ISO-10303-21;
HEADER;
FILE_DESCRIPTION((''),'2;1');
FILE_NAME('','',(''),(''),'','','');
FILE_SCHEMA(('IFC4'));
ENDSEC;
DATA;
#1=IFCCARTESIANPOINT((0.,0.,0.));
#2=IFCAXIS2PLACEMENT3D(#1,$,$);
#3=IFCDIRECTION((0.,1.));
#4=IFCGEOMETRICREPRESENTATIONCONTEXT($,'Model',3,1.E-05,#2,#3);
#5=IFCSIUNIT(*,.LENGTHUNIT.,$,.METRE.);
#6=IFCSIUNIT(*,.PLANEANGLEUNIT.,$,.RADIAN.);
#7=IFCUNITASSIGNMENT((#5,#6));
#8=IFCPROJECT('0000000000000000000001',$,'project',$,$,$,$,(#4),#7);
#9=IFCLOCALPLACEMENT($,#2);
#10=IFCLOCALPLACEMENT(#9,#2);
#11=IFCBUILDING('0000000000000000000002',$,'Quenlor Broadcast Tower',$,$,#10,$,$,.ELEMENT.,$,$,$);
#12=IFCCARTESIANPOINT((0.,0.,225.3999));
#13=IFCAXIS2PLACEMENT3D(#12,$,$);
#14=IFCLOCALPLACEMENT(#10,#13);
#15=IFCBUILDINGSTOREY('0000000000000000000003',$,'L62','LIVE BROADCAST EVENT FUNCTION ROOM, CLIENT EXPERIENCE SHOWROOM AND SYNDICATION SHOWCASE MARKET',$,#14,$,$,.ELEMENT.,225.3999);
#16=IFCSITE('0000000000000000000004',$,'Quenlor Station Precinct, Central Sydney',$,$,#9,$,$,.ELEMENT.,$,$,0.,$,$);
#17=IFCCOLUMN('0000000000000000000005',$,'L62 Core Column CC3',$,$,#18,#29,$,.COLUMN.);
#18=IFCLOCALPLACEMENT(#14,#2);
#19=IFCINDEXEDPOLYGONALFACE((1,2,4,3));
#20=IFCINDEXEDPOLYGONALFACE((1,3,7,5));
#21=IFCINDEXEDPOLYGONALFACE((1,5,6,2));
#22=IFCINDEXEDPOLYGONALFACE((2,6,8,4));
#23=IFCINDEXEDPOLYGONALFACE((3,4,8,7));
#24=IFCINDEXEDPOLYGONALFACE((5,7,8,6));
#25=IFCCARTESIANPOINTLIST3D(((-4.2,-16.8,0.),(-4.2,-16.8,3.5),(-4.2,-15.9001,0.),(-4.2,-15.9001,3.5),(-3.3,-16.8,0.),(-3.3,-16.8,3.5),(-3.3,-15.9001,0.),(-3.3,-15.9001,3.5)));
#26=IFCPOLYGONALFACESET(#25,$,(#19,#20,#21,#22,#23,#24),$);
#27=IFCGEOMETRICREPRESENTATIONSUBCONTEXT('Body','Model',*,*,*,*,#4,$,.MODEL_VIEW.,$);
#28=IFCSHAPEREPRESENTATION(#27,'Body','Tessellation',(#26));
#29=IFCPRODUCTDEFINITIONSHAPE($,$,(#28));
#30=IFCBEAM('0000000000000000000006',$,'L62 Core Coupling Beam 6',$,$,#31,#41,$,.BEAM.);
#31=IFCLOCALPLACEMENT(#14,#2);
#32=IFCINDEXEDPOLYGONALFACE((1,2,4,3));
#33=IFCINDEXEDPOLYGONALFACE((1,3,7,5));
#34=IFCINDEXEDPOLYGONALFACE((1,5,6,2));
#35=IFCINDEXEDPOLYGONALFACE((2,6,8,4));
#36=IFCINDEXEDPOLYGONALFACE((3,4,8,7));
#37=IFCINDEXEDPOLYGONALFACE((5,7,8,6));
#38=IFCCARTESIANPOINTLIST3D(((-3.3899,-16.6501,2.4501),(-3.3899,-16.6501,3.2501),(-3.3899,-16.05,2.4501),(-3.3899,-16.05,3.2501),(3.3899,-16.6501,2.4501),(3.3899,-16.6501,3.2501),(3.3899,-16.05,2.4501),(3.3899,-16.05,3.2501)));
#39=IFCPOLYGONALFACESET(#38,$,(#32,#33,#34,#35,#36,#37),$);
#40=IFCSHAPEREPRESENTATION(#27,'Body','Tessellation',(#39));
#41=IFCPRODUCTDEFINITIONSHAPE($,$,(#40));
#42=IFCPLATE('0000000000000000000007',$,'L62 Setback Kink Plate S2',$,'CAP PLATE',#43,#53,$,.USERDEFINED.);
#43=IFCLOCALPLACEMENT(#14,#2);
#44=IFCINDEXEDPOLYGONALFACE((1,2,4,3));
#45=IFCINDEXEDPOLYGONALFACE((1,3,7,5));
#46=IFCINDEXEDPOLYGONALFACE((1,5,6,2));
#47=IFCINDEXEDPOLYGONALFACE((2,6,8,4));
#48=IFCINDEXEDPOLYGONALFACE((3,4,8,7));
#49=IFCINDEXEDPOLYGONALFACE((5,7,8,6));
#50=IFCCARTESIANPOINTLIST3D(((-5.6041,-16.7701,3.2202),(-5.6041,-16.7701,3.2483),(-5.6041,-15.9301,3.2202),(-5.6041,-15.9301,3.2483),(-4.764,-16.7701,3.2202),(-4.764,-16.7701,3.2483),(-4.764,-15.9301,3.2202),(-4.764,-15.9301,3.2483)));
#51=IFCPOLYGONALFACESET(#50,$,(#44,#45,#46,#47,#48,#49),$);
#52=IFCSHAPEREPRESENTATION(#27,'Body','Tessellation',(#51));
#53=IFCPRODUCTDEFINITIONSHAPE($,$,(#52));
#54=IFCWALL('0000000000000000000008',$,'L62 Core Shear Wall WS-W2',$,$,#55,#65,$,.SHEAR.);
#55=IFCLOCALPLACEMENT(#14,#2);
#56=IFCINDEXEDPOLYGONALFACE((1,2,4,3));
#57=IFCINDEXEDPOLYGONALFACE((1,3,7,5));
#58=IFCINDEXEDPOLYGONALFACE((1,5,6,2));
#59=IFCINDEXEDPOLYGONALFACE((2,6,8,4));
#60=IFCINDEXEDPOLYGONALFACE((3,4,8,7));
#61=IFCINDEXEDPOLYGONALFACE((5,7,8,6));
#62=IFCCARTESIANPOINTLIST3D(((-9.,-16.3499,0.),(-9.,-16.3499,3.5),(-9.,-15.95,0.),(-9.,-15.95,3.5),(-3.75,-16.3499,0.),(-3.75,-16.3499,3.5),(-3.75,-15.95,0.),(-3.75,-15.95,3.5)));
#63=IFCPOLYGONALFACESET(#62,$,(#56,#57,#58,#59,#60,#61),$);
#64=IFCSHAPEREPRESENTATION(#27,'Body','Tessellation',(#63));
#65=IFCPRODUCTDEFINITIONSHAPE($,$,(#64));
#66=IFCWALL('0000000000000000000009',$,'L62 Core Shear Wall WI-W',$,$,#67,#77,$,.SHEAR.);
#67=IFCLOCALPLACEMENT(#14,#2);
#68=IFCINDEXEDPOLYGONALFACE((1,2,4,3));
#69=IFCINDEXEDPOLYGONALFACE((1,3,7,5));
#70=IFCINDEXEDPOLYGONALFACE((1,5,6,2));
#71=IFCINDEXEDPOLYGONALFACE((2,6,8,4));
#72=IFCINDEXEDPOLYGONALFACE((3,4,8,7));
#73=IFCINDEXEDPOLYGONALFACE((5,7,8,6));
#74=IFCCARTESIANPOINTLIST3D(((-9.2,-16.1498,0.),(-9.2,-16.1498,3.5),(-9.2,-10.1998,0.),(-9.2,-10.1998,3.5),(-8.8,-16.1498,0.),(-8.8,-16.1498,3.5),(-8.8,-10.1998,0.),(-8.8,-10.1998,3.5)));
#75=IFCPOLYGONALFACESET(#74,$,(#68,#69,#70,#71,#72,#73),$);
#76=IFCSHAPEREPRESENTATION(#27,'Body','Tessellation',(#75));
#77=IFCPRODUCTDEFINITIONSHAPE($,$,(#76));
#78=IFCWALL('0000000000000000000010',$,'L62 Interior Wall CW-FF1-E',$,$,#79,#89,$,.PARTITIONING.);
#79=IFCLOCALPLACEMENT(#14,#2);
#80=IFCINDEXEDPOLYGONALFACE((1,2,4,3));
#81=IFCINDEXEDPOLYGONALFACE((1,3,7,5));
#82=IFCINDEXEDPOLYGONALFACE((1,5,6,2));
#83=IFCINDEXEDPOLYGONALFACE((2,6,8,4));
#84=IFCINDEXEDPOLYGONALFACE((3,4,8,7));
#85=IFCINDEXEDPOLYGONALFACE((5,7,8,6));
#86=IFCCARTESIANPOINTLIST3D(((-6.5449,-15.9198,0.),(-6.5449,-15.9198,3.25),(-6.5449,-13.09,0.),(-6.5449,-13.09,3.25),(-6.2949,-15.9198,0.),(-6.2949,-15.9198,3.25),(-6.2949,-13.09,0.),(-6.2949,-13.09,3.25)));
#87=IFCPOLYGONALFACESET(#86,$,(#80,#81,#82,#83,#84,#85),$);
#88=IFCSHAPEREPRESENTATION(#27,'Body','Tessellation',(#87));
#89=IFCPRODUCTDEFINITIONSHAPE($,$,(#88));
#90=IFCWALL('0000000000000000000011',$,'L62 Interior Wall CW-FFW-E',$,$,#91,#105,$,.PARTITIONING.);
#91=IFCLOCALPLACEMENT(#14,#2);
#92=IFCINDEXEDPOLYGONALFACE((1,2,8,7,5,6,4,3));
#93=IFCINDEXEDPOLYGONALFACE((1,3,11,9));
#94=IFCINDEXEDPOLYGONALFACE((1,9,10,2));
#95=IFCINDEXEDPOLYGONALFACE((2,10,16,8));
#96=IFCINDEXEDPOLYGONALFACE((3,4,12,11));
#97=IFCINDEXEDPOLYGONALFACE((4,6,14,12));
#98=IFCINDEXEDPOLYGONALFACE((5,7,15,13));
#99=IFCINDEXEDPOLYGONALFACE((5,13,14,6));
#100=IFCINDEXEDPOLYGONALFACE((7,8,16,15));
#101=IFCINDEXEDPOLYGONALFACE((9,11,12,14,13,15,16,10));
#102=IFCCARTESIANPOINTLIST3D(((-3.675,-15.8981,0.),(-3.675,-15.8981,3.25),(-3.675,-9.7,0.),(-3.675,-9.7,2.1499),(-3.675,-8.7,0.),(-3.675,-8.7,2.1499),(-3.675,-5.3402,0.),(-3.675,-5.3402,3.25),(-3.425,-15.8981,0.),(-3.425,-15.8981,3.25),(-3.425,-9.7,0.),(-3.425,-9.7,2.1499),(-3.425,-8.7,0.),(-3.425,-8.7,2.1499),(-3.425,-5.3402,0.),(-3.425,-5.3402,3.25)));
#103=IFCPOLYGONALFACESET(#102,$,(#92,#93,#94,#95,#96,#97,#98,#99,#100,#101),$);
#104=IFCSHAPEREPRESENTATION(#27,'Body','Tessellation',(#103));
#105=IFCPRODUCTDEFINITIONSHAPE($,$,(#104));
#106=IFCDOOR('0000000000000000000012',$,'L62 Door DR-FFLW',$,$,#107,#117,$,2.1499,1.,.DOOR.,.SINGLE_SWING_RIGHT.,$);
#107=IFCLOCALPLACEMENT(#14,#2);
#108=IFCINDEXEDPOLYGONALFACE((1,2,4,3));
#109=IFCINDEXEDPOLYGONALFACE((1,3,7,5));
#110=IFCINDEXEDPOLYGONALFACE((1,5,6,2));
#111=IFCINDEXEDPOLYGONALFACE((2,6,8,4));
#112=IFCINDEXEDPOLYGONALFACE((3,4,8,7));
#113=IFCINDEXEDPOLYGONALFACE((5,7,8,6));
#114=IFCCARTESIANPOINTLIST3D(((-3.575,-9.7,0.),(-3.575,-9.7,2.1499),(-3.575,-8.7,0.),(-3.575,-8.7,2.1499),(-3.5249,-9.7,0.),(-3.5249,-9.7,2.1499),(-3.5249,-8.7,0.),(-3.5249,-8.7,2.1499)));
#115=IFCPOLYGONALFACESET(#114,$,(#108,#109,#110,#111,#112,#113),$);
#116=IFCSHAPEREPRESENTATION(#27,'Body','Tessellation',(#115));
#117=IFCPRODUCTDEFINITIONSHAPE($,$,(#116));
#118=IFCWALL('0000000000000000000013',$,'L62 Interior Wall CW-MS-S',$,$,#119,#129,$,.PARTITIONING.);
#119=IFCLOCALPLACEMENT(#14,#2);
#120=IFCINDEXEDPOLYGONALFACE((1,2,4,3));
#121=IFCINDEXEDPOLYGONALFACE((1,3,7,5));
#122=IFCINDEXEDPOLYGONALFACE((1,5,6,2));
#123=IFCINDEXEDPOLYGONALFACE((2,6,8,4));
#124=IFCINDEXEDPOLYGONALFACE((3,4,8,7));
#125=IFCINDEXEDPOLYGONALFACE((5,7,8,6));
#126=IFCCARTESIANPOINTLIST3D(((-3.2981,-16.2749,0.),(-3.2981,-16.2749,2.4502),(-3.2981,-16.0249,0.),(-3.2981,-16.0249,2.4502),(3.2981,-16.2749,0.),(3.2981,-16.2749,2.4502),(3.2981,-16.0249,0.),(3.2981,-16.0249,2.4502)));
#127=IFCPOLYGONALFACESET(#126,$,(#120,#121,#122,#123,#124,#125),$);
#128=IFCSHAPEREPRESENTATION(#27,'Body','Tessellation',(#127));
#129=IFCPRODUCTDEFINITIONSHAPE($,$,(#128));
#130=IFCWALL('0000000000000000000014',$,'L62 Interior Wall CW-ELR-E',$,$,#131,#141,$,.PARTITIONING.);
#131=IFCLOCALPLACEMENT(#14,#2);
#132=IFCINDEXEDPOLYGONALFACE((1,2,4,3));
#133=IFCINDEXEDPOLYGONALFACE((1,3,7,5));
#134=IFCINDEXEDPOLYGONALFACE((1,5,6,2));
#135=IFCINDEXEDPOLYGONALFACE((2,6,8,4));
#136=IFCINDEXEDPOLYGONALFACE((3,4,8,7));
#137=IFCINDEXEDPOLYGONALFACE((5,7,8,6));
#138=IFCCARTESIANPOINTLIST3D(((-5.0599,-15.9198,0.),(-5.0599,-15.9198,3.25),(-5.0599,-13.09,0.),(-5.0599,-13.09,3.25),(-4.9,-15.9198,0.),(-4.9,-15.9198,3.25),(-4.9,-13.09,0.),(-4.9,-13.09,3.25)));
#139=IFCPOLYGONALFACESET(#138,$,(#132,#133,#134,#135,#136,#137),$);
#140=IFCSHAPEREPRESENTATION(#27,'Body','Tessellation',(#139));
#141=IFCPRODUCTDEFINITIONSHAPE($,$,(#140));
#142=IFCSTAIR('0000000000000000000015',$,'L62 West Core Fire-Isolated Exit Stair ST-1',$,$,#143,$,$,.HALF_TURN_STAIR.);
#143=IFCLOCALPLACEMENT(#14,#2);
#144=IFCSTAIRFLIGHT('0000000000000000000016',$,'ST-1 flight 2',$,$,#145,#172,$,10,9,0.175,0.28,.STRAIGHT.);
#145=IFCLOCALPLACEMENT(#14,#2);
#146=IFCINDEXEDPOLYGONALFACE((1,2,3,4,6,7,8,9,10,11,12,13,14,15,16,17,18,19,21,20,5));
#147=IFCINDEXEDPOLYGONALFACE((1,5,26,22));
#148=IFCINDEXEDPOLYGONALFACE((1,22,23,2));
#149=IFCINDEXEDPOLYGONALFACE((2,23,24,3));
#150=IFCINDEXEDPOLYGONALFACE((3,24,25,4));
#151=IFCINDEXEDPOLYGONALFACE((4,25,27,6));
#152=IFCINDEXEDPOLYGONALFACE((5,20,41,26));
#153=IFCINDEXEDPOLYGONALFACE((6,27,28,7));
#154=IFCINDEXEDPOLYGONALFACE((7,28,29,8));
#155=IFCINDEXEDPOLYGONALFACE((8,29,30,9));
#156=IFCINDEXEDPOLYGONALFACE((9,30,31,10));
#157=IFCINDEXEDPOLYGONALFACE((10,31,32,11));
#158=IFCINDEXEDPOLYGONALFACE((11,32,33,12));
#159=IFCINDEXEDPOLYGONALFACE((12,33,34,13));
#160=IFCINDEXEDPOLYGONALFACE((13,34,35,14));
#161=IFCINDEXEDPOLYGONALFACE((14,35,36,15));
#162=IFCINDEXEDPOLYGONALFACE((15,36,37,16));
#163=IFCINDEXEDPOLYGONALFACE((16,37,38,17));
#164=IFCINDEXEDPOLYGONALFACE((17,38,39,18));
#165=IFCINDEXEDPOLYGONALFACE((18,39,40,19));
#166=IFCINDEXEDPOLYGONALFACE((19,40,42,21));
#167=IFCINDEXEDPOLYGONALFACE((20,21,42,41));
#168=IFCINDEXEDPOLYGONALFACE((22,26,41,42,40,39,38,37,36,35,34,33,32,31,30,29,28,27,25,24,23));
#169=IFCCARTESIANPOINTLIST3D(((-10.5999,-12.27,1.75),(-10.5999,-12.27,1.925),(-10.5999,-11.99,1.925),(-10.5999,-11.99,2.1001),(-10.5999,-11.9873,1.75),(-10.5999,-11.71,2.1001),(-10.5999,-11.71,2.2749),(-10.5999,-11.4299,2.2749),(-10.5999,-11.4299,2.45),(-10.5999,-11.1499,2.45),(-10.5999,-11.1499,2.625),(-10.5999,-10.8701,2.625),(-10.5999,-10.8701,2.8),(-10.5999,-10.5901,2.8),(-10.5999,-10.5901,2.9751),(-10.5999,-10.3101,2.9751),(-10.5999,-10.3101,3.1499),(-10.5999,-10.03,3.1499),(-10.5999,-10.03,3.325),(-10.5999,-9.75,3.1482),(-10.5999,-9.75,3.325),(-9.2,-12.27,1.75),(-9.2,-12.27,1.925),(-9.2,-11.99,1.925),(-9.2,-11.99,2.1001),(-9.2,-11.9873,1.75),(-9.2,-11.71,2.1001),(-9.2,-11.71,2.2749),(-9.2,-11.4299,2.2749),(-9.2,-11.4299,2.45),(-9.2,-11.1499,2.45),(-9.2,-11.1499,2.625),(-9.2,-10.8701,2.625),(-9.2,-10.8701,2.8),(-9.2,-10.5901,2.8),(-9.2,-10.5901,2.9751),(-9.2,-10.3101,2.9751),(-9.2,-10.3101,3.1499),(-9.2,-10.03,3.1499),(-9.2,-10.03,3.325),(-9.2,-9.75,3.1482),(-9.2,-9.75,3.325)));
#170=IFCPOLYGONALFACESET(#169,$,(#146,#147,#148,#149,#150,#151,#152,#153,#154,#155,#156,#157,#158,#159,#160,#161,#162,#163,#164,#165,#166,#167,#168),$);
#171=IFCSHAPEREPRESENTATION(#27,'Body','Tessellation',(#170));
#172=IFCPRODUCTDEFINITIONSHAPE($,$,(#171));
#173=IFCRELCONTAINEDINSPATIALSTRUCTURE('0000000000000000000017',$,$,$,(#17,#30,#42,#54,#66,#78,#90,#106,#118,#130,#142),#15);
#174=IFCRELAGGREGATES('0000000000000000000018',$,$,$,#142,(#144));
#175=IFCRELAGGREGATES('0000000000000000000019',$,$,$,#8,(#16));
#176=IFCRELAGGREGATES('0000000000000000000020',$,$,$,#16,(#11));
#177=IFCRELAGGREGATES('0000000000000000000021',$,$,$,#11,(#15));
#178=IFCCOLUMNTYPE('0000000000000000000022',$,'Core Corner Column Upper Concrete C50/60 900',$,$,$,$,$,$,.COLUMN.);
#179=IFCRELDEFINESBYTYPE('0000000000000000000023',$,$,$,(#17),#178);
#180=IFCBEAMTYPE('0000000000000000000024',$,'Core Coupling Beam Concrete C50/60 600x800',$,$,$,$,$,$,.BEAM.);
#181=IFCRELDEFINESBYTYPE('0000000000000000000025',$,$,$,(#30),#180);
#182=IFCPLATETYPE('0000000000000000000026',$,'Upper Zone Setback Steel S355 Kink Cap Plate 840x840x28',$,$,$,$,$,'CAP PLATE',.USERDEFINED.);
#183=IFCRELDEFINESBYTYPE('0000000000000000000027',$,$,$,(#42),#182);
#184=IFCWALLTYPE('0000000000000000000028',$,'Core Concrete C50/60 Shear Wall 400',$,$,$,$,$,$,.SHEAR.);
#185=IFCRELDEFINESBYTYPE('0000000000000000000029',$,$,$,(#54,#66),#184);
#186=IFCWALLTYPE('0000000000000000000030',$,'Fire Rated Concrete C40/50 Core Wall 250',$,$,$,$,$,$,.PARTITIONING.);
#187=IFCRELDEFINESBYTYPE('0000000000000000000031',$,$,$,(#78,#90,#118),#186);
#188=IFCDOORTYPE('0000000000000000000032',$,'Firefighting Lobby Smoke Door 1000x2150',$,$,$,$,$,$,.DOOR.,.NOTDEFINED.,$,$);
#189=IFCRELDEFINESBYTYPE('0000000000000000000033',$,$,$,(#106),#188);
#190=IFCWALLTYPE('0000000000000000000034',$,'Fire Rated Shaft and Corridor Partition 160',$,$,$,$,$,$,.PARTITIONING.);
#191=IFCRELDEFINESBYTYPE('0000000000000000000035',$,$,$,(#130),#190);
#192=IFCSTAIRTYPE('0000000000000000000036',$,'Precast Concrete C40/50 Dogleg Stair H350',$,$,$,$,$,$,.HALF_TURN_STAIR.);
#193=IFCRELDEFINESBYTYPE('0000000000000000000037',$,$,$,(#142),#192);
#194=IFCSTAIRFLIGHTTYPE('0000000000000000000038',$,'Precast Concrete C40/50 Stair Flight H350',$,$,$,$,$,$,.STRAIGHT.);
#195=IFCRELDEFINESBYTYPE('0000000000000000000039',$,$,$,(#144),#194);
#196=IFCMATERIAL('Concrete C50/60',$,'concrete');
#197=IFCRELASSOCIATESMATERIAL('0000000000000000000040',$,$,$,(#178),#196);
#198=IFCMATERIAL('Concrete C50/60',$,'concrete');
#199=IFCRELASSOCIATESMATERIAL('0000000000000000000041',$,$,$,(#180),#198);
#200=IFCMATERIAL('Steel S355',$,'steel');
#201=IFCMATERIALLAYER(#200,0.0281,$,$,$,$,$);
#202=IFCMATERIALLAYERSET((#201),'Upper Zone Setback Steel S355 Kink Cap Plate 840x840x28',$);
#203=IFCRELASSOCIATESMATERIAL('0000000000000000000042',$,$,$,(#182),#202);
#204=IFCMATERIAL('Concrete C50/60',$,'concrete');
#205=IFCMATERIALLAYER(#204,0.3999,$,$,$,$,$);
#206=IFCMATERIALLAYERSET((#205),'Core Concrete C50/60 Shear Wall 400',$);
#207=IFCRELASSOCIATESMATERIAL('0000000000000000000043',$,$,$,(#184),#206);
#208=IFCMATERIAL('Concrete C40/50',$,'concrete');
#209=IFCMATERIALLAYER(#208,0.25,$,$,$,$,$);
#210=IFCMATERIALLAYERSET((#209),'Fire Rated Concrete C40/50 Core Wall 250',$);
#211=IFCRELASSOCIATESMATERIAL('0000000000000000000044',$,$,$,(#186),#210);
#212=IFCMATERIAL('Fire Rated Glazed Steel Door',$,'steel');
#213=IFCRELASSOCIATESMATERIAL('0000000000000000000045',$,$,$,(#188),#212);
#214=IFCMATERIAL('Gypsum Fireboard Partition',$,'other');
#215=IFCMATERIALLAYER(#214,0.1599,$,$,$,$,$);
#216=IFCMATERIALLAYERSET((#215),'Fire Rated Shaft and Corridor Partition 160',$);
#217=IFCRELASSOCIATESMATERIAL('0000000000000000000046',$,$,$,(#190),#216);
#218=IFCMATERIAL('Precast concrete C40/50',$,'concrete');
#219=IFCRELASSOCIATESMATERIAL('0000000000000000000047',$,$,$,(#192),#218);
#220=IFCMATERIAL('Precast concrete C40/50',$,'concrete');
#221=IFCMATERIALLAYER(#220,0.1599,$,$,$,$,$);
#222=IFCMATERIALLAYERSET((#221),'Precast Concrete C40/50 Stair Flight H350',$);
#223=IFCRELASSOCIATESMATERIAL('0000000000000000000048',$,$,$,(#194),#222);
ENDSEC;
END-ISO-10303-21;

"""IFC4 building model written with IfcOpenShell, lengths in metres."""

from ifc_helpers import new_model, si_unit, direction, frame, frame_2d, origin, origin_2d, place, context, subcontext, project, spatial, polyline, rectangle, outline, extrude, material, layer, layer_set, material_profile, profile_set, type_object, element, fill, aggregate, save


model = new_model("IFC4")

# Units and contexts
model_context = context("Model", 3, precision=1e-05, world=origin(), true_north=direction((0.0, 1.0)))
body_context = subcontext(model_context, "Body", "Model", "MODEL_VIEW")
ifc_project = project(units=[si_unit("LENGTHUNIT", "METRE"), si_unit("PLANEANGLEUNIT", "RADIAN")], contexts=[model_context])

# Site, building, storey
site_placement = place(None, origin())
site = spatial("IfcSite", under=ifc_project, at=site_placement, Name="Quenlor Station Precinct, Central Sydney", CompositionType="ELEMENT", RefElevation=0.0)
building_placement = place(site_placement, origin())
building = spatial("IfcBuilding", under=site, at=building_placement, Name="Quenlor Broadcast Tower", CompositionType="ELEMENT")
storey_placement = place(building_placement, frame((0.0, 0.0, 225.3999)))
storey = spatial("IfcBuildingStorey", under=building, at=storey_placement, Name="L62", Description="LIVE BROADCAST EVENT FUNCTION ROOM, CLIENT EXPERIENCE SHOWROOM AND SYNDICATION SHOWCASE MARKET", CompositionType="ELEMENT", Elevation=225.3999)

# Column
ifc_material_1 = material(Name="Concrete C50/60", Category="concrete")
ifc_material_profile_1 = material_profile(ifc_material_1, rectangle(XDim=0.8999, YDim=0.8999, at=origin_2d()))
ifc_profile_set_1 = profile_set([ifc_material_profile_1], Name="Concrete C50/60 RC900x900")
column_type = type_object("IfcColumnType", Name="Core Corner Column Upper Concrete C50/60 900", PredefinedType="COLUMN", material=ifc_profile_set_1)
column_placement = place(storey_placement, frame((-3.75, -16.3501, 0.0), z_axis=(0.0, 0.0, 1.0), x_axis=(1.0, 0.0, 0.0)))
element("IfcColumn", 1, at=column_placement, inside=storey, type_object=column_type, Name="L62 Core Column CC3", PredefinedType="COLUMN", context=body_context, shape_type="SweptSolid", body=[
    extrude(rectangle(XDim=0.8999, YDim=0.8999, at=origin_2d()), origin(), (0.0, 0.0, 1.0), 3.5),
])

# Beam
ifc_material_2 = material(Name="Concrete C50/60", Category="concrete")
ifc_material_profile_2 = material_profile(ifc_material_2, rectangle(XDim=0.6001, YDim=0.8, at=origin_2d()))
ifc_profile_set_2 = profile_set([ifc_material_profile_2], Name="Concrete C50/60 RCB600x800")
beam_type = type_object("IfcBeamType", Name="Core Coupling Beam Concrete C50/60 600x800", PredefinedType="BEAM", material=ifc_profile_set_2)
beam_placement = place(storey_placement, frame((-3.3899, -16.3501, 2.8501), z_axis=(1.0, 0.0, 0.0), x_axis=(0.0, 1.0, 0.0)))
element("IfcBeam", 2, at=beam_placement, inside=storey, type_object=beam_type, Name="L62 Core Coupling Beam 6", PredefinedType="BEAM", context=body_context, shape_type="SweptSolid", body=[
    extrude(rectangle(XDim=0.6001, YDim=0.8, at=origin_2d()), origin(), (0.0, 0.0, 1.0), 6.7798),
])

# Plate
ifc_material_3 = material(Name="Steel S355", Category="steel")
ifc_layer_1 = layer(ifc_material_3, 0.0281)
ifc_layer_set_1 = layer_set([ifc_layer_1], Name="Upper Zone Setback Steel S355 Kink Cap Plate 840x840x28")
plate_type = type_object("IfcPlateType", Name="Upper Zone Setback Steel S355 Kink Cap Plate 840x840x28", ElementType="CAP PLATE", PredefinedType="USERDEFINED", material=ifc_layer_set_1)
plate_placement = place(storey_placement, frame((-5.1841, -16.3501, 3.2202), z_axis=(0.0, 0.0, 1.0), x_axis=(0.0, 1.0, 0.0)))
element("IfcPlate", 3, at=plate_placement, inside=storey, type_object=plate_type, Name="L62 Setback Kink Plate S2", ObjectType="CAP PLATE", PredefinedType="USERDEFINED", context=body_context, shape_type="SweptSolid", body=[
    extrude(rectangle(XDim=0.8401, YDim=0.8401, at=origin_2d()), origin(), (0.0, 0.0, 1.0), 0.0281),
])

# Walls
ifc_material_4 = material(Name="Concrete C50/60", Category="concrete")
ifc_layer_2 = layer(ifc_material_4, 0.3999)
ifc_layer_set_2 = layer_set([ifc_layer_2], Name="Core Concrete C50/60 Shear Wall 400")
wall_type_1 = type_object("IfcWallType", Name="Core Concrete C50/60 Shear Wall 400", PredefinedType="SHEAR", material=ifc_layer_set_2)
wall_1_placement = place(storey_placement, frame((-9.0, -16.1499, 0.0), z_axis=(0.0, 0.0, 1.0), x_axis=(1.0, 0.0, 0.0)))
element("IfcWall", 4, at=wall_1_placement, inside=storey, type_object=wall_type_1, Name="L62 Core Shear Wall WS-W2", PredefinedType="SHEAR", context=body_context, shape_type="SweptSolid", body=[
    extrude(rectangle(XDim=5.25, YDim=0.3999, at=frame_2d((2.625, 0.0))), origin(), (0.0, 0.0, 1.0), 3.5),
])
wall_2_placement = place(storey_placement, frame((-9.0, -16.1499, 0.0), z_axis=(0.0, 0.0, 1.0), x_axis=(0.0, 1.0, 0.0)))
element("IfcWall", 5, at=wall_2_placement, inside=storey, type_object=wall_type_1, Name="L62 Core Shear Wall WI-W", PredefinedType="SHEAR", context=body_context, shape_type="SweptSolid", body=[
    extrude(rectangle(XDim=5.95, YDim=0.3999, at=frame_2d((2.9751, 0.0))), origin(), (0.0, 0.0, 1.0), 3.5),
])

# Shared definitions
ifc_material_5 = material(Name="Concrete C40/50", Category="concrete")
ifc_layer_3 = layer(ifc_material_5, 0.25)
ifc_layer_set_3 = layer_set([ifc_layer_3], Name="Fire Rated Concrete C40/50 Core Wall 250")
wall_type_2 = type_object("IfcWallType", Name="Fire Rated Concrete C40/50 Core Wall 250", PredefinedType="PARTITIONING", material=ifc_layer_set_3)

# Wall
wall_3_placement = place(storey_placement, frame((-6.4199, -15.9199, 0.0), z_axis=(0.0, 0.0, 1.0), x_axis=(0.0, 1.0, 0.0)))
element("IfcWall", 6, at=wall_3_placement, inside=storey, type_object=wall_type_2, Name="L62 Interior Wall CW-FF1-E", PredefinedType="PARTITIONING", context=body_context, shape_type="SweptSolid", body=[
    extrude(rectangle(XDim=2.8298, YDim=0.25, at=frame_2d((1.415, 0.0))), origin(), (0.0, 0.0, 1.0), 3.25),
])

# Wall, opening, door
wall_4_placement = place(storey_placement, frame((-3.55, -15.8979, 0.0), z_axis=(0.0, 0.0, 1.0), x_axis=(0.0, 1.0, 0.0)))
wall_4 = element("IfcWall", 7, at=wall_4_placement, inside=storey, type_object=wall_type_2, Name="L62 Interior Wall CW-FFW-E", PredefinedType="PARTITIONING", context=body_context, shape_type="SweptSolid", body=[
    extrude(rectangle(XDim=10.5579, YDim=0.25, at=frame_2d((5.2788, 0.0))), origin(), (0.0, 0.0, 1.0), 3.25),
])
opening_1_placement = place(wall_4_placement, frame((6.198, 0.0, 0.0)))
opening_1 = element("IfcOpeningElement", 8, at=opening_1_placement, cuts=wall_4, PredefinedType="OPENING", context=body_context, shape_type="SweptSolid", body=[
    extrude(rectangle(XDim=1.0, YDim=2.1499, at=frame_2d((0.5, 1.075))), frame((0.0, 0.135, 0.0), z_axis=(0.0, -1.0, 0.0), x_axis=(1.0, 0.0, 0.0)), (0.0, 0.0, 1.0), 0.27),
])
ifc_material_6 = material(Name="Fire Rated Glazed Steel Door", Category="steel")
door_type_1 = type_object("IfcDoorType", Name="Firefighting Lobby Smoke Door 1000x2150", OperationType="NOTDEFINED", PredefinedType="DOOR", material=ifc_material_6)
door_1_placement = place(opening_1_placement, origin())
door_1 = element("IfcDoor", 9, at=door_1_placement, inside=storey, type_object=door_type_1, Name="L62 Door DR-FFLW", OperationType="SINGLE_SWING_RIGHT", OverallHeight=2.1499, OverallWidth=1.0, PredefinedType="DOOR", context=body_context, shape_type="SweptSolid", body=[
    extrude(rectangle(XDim=1.0, YDim=2.1499, at=frame_2d((0.5, 1.075))), frame((0.0, 0.0249, 0.0), z_axis=(0.0, -1.0, 0.0), x_axis=(1.0, 0.0, 0.0)), (0.0, 0.0, 1.0), 0.05),
])
fill(opening_1, door_1)

# Walls
wall_5_placement = place(storey_placement, frame((-3.2981, -16.1499, 0.0), z_axis=(0.0, 0.0, 1.0), x_axis=(1.0, 0.0, 0.0)))
element("IfcWall", 10, at=wall_5_placement, inside=storey, type_object=wall_type_2, Name="L62 Interior Wall CW-MS-S", PredefinedType="PARTITIONING", context=body_context, shape_type="SweptSolid", body=[
    extrude(rectangle(XDim=6.5962, YDim=0.25, at=frame_2d((3.2981, 0.0))), origin(), (0.0, 0.0, 1.0), 2.4502),
])
ifc_material_7 = material(Name="Gypsum Fireboard Partition", Category="other")
ifc_layer_4 = layer(ifc_material_7, 0.1599)
ifc_layer_set_4 = layer_set([ifc_layer_4], Name="Fire Rated Shaft and Corridor Partition 160")
wall_type_3 = type_object("IfcWallType", Name="Fire Rated Shaft and Corridor Partition 160", PredefinedType="PARTITIONING", material=ifc_layer_set_4)
wall_6_placement = place(storey_placement, frame((-4.98, -15.9199, 0.0), z_axis=(0.0, 0.0, 1.0), x_axis=(0.0, 1.0, 0.0)))
element("IfcWall", 11, at=wall_6_placement, inside=storey, type_object=wall_type_3, Name="L62 Interior Wall CW-ELR-E", PredefinedType="PARTITIONING", context=body_context, shape_type="SweptSolid", body=[
    extrude(rectangle(XDim=2.8298, YDim=0.1599, at=frame_2d((1.415, 0.0))), origin(), (0.0, 0.0, 1.0), 3.25),
])

# Stair, stair flight
ifc_material_8 = material(Name="Precast concrete C40/50", Category="concrete")
stair_type = type_object("IfcStairType", Name="Precast Concrete C40/50 Dogleg Stair H350", PredefinedType="HALF_TURN_STAIR", material=ifc_material_8)
stair_placement = place(storey_placement, origin())
stair = element("IfcStair", 12, at=stair_placement, inside=storey, type_object=stair_type, Name="L62 West Core Fire-Isolated Exit Stair ST-1", PredefinedType="HALF_TURN_STAIR")
ifc_material_9 = material(Name="Precast concrete C40/50", Category="concrete")
ifc_layer_5 = layer(ifc_material_9, 0.1599)
ifc_layer_set_5 = layer_set([ifc_layer_5], Name="Precast Concrete C40/50 Stair Flight H350")
stair_flight_type = type_object("IfcStairFlightType", Name="Precast Concrete C40/50 Stair Flight H350", PredefinedType="STRAIGHT", material=ifc_layer_set_5)
stair_flight_placement = place(storey_placement, frame((-9.8999, -12.27, 1.75), z_axis=(0.0, 0.0, 1.0), x_axis=(0.0, 1.0, 0.0)))
stair_flight = element("IfcStairFlight", 13, at=stair_flight_placement, type_object=stair_flight_type, Name="ST-1 flight 2", NumberOfRisers=10, NumberOfTreads=9, PredefinedType="STRAIGHT", RiserHeight=0.175, TreadLength=0.28, context=body_context, shape_type="SweptSolid", body=[
    extrude(outline(polyline([(0.0, 0.0), (0.0, 0.175), (0.28, 0.175), (0.28, 0.3501), (0.5601, 0.3501), (0.5601, 0.5249), (0.8401, 0.5249), (0.8401, 0.7), (1.1201, 0.7), (1.1201, 0.875), (1.3999, 0.875), (1.3999, 1.05), (1.6799, 1.05), (1.6799, 1.2251), (1.96, 1.2251), (1.96, 1.3999), (2.24, 1.3999), (2.24, 1.575), (2.52, 1.575), (2.52, 1.75), (2.52, 1.3982), (0.2827, 0.0), (0.0, 0.0)])), frame((0.0, 0.7, 0.0), z_axis=(0.0, -1.0, 0.0), x_axis=(1.0, 0.0, 0.0)), (0.0, 0.0, 1.0), 1.3999),
])
aggregate(stair, [stair_flight])

save(model, "model.ifc")
